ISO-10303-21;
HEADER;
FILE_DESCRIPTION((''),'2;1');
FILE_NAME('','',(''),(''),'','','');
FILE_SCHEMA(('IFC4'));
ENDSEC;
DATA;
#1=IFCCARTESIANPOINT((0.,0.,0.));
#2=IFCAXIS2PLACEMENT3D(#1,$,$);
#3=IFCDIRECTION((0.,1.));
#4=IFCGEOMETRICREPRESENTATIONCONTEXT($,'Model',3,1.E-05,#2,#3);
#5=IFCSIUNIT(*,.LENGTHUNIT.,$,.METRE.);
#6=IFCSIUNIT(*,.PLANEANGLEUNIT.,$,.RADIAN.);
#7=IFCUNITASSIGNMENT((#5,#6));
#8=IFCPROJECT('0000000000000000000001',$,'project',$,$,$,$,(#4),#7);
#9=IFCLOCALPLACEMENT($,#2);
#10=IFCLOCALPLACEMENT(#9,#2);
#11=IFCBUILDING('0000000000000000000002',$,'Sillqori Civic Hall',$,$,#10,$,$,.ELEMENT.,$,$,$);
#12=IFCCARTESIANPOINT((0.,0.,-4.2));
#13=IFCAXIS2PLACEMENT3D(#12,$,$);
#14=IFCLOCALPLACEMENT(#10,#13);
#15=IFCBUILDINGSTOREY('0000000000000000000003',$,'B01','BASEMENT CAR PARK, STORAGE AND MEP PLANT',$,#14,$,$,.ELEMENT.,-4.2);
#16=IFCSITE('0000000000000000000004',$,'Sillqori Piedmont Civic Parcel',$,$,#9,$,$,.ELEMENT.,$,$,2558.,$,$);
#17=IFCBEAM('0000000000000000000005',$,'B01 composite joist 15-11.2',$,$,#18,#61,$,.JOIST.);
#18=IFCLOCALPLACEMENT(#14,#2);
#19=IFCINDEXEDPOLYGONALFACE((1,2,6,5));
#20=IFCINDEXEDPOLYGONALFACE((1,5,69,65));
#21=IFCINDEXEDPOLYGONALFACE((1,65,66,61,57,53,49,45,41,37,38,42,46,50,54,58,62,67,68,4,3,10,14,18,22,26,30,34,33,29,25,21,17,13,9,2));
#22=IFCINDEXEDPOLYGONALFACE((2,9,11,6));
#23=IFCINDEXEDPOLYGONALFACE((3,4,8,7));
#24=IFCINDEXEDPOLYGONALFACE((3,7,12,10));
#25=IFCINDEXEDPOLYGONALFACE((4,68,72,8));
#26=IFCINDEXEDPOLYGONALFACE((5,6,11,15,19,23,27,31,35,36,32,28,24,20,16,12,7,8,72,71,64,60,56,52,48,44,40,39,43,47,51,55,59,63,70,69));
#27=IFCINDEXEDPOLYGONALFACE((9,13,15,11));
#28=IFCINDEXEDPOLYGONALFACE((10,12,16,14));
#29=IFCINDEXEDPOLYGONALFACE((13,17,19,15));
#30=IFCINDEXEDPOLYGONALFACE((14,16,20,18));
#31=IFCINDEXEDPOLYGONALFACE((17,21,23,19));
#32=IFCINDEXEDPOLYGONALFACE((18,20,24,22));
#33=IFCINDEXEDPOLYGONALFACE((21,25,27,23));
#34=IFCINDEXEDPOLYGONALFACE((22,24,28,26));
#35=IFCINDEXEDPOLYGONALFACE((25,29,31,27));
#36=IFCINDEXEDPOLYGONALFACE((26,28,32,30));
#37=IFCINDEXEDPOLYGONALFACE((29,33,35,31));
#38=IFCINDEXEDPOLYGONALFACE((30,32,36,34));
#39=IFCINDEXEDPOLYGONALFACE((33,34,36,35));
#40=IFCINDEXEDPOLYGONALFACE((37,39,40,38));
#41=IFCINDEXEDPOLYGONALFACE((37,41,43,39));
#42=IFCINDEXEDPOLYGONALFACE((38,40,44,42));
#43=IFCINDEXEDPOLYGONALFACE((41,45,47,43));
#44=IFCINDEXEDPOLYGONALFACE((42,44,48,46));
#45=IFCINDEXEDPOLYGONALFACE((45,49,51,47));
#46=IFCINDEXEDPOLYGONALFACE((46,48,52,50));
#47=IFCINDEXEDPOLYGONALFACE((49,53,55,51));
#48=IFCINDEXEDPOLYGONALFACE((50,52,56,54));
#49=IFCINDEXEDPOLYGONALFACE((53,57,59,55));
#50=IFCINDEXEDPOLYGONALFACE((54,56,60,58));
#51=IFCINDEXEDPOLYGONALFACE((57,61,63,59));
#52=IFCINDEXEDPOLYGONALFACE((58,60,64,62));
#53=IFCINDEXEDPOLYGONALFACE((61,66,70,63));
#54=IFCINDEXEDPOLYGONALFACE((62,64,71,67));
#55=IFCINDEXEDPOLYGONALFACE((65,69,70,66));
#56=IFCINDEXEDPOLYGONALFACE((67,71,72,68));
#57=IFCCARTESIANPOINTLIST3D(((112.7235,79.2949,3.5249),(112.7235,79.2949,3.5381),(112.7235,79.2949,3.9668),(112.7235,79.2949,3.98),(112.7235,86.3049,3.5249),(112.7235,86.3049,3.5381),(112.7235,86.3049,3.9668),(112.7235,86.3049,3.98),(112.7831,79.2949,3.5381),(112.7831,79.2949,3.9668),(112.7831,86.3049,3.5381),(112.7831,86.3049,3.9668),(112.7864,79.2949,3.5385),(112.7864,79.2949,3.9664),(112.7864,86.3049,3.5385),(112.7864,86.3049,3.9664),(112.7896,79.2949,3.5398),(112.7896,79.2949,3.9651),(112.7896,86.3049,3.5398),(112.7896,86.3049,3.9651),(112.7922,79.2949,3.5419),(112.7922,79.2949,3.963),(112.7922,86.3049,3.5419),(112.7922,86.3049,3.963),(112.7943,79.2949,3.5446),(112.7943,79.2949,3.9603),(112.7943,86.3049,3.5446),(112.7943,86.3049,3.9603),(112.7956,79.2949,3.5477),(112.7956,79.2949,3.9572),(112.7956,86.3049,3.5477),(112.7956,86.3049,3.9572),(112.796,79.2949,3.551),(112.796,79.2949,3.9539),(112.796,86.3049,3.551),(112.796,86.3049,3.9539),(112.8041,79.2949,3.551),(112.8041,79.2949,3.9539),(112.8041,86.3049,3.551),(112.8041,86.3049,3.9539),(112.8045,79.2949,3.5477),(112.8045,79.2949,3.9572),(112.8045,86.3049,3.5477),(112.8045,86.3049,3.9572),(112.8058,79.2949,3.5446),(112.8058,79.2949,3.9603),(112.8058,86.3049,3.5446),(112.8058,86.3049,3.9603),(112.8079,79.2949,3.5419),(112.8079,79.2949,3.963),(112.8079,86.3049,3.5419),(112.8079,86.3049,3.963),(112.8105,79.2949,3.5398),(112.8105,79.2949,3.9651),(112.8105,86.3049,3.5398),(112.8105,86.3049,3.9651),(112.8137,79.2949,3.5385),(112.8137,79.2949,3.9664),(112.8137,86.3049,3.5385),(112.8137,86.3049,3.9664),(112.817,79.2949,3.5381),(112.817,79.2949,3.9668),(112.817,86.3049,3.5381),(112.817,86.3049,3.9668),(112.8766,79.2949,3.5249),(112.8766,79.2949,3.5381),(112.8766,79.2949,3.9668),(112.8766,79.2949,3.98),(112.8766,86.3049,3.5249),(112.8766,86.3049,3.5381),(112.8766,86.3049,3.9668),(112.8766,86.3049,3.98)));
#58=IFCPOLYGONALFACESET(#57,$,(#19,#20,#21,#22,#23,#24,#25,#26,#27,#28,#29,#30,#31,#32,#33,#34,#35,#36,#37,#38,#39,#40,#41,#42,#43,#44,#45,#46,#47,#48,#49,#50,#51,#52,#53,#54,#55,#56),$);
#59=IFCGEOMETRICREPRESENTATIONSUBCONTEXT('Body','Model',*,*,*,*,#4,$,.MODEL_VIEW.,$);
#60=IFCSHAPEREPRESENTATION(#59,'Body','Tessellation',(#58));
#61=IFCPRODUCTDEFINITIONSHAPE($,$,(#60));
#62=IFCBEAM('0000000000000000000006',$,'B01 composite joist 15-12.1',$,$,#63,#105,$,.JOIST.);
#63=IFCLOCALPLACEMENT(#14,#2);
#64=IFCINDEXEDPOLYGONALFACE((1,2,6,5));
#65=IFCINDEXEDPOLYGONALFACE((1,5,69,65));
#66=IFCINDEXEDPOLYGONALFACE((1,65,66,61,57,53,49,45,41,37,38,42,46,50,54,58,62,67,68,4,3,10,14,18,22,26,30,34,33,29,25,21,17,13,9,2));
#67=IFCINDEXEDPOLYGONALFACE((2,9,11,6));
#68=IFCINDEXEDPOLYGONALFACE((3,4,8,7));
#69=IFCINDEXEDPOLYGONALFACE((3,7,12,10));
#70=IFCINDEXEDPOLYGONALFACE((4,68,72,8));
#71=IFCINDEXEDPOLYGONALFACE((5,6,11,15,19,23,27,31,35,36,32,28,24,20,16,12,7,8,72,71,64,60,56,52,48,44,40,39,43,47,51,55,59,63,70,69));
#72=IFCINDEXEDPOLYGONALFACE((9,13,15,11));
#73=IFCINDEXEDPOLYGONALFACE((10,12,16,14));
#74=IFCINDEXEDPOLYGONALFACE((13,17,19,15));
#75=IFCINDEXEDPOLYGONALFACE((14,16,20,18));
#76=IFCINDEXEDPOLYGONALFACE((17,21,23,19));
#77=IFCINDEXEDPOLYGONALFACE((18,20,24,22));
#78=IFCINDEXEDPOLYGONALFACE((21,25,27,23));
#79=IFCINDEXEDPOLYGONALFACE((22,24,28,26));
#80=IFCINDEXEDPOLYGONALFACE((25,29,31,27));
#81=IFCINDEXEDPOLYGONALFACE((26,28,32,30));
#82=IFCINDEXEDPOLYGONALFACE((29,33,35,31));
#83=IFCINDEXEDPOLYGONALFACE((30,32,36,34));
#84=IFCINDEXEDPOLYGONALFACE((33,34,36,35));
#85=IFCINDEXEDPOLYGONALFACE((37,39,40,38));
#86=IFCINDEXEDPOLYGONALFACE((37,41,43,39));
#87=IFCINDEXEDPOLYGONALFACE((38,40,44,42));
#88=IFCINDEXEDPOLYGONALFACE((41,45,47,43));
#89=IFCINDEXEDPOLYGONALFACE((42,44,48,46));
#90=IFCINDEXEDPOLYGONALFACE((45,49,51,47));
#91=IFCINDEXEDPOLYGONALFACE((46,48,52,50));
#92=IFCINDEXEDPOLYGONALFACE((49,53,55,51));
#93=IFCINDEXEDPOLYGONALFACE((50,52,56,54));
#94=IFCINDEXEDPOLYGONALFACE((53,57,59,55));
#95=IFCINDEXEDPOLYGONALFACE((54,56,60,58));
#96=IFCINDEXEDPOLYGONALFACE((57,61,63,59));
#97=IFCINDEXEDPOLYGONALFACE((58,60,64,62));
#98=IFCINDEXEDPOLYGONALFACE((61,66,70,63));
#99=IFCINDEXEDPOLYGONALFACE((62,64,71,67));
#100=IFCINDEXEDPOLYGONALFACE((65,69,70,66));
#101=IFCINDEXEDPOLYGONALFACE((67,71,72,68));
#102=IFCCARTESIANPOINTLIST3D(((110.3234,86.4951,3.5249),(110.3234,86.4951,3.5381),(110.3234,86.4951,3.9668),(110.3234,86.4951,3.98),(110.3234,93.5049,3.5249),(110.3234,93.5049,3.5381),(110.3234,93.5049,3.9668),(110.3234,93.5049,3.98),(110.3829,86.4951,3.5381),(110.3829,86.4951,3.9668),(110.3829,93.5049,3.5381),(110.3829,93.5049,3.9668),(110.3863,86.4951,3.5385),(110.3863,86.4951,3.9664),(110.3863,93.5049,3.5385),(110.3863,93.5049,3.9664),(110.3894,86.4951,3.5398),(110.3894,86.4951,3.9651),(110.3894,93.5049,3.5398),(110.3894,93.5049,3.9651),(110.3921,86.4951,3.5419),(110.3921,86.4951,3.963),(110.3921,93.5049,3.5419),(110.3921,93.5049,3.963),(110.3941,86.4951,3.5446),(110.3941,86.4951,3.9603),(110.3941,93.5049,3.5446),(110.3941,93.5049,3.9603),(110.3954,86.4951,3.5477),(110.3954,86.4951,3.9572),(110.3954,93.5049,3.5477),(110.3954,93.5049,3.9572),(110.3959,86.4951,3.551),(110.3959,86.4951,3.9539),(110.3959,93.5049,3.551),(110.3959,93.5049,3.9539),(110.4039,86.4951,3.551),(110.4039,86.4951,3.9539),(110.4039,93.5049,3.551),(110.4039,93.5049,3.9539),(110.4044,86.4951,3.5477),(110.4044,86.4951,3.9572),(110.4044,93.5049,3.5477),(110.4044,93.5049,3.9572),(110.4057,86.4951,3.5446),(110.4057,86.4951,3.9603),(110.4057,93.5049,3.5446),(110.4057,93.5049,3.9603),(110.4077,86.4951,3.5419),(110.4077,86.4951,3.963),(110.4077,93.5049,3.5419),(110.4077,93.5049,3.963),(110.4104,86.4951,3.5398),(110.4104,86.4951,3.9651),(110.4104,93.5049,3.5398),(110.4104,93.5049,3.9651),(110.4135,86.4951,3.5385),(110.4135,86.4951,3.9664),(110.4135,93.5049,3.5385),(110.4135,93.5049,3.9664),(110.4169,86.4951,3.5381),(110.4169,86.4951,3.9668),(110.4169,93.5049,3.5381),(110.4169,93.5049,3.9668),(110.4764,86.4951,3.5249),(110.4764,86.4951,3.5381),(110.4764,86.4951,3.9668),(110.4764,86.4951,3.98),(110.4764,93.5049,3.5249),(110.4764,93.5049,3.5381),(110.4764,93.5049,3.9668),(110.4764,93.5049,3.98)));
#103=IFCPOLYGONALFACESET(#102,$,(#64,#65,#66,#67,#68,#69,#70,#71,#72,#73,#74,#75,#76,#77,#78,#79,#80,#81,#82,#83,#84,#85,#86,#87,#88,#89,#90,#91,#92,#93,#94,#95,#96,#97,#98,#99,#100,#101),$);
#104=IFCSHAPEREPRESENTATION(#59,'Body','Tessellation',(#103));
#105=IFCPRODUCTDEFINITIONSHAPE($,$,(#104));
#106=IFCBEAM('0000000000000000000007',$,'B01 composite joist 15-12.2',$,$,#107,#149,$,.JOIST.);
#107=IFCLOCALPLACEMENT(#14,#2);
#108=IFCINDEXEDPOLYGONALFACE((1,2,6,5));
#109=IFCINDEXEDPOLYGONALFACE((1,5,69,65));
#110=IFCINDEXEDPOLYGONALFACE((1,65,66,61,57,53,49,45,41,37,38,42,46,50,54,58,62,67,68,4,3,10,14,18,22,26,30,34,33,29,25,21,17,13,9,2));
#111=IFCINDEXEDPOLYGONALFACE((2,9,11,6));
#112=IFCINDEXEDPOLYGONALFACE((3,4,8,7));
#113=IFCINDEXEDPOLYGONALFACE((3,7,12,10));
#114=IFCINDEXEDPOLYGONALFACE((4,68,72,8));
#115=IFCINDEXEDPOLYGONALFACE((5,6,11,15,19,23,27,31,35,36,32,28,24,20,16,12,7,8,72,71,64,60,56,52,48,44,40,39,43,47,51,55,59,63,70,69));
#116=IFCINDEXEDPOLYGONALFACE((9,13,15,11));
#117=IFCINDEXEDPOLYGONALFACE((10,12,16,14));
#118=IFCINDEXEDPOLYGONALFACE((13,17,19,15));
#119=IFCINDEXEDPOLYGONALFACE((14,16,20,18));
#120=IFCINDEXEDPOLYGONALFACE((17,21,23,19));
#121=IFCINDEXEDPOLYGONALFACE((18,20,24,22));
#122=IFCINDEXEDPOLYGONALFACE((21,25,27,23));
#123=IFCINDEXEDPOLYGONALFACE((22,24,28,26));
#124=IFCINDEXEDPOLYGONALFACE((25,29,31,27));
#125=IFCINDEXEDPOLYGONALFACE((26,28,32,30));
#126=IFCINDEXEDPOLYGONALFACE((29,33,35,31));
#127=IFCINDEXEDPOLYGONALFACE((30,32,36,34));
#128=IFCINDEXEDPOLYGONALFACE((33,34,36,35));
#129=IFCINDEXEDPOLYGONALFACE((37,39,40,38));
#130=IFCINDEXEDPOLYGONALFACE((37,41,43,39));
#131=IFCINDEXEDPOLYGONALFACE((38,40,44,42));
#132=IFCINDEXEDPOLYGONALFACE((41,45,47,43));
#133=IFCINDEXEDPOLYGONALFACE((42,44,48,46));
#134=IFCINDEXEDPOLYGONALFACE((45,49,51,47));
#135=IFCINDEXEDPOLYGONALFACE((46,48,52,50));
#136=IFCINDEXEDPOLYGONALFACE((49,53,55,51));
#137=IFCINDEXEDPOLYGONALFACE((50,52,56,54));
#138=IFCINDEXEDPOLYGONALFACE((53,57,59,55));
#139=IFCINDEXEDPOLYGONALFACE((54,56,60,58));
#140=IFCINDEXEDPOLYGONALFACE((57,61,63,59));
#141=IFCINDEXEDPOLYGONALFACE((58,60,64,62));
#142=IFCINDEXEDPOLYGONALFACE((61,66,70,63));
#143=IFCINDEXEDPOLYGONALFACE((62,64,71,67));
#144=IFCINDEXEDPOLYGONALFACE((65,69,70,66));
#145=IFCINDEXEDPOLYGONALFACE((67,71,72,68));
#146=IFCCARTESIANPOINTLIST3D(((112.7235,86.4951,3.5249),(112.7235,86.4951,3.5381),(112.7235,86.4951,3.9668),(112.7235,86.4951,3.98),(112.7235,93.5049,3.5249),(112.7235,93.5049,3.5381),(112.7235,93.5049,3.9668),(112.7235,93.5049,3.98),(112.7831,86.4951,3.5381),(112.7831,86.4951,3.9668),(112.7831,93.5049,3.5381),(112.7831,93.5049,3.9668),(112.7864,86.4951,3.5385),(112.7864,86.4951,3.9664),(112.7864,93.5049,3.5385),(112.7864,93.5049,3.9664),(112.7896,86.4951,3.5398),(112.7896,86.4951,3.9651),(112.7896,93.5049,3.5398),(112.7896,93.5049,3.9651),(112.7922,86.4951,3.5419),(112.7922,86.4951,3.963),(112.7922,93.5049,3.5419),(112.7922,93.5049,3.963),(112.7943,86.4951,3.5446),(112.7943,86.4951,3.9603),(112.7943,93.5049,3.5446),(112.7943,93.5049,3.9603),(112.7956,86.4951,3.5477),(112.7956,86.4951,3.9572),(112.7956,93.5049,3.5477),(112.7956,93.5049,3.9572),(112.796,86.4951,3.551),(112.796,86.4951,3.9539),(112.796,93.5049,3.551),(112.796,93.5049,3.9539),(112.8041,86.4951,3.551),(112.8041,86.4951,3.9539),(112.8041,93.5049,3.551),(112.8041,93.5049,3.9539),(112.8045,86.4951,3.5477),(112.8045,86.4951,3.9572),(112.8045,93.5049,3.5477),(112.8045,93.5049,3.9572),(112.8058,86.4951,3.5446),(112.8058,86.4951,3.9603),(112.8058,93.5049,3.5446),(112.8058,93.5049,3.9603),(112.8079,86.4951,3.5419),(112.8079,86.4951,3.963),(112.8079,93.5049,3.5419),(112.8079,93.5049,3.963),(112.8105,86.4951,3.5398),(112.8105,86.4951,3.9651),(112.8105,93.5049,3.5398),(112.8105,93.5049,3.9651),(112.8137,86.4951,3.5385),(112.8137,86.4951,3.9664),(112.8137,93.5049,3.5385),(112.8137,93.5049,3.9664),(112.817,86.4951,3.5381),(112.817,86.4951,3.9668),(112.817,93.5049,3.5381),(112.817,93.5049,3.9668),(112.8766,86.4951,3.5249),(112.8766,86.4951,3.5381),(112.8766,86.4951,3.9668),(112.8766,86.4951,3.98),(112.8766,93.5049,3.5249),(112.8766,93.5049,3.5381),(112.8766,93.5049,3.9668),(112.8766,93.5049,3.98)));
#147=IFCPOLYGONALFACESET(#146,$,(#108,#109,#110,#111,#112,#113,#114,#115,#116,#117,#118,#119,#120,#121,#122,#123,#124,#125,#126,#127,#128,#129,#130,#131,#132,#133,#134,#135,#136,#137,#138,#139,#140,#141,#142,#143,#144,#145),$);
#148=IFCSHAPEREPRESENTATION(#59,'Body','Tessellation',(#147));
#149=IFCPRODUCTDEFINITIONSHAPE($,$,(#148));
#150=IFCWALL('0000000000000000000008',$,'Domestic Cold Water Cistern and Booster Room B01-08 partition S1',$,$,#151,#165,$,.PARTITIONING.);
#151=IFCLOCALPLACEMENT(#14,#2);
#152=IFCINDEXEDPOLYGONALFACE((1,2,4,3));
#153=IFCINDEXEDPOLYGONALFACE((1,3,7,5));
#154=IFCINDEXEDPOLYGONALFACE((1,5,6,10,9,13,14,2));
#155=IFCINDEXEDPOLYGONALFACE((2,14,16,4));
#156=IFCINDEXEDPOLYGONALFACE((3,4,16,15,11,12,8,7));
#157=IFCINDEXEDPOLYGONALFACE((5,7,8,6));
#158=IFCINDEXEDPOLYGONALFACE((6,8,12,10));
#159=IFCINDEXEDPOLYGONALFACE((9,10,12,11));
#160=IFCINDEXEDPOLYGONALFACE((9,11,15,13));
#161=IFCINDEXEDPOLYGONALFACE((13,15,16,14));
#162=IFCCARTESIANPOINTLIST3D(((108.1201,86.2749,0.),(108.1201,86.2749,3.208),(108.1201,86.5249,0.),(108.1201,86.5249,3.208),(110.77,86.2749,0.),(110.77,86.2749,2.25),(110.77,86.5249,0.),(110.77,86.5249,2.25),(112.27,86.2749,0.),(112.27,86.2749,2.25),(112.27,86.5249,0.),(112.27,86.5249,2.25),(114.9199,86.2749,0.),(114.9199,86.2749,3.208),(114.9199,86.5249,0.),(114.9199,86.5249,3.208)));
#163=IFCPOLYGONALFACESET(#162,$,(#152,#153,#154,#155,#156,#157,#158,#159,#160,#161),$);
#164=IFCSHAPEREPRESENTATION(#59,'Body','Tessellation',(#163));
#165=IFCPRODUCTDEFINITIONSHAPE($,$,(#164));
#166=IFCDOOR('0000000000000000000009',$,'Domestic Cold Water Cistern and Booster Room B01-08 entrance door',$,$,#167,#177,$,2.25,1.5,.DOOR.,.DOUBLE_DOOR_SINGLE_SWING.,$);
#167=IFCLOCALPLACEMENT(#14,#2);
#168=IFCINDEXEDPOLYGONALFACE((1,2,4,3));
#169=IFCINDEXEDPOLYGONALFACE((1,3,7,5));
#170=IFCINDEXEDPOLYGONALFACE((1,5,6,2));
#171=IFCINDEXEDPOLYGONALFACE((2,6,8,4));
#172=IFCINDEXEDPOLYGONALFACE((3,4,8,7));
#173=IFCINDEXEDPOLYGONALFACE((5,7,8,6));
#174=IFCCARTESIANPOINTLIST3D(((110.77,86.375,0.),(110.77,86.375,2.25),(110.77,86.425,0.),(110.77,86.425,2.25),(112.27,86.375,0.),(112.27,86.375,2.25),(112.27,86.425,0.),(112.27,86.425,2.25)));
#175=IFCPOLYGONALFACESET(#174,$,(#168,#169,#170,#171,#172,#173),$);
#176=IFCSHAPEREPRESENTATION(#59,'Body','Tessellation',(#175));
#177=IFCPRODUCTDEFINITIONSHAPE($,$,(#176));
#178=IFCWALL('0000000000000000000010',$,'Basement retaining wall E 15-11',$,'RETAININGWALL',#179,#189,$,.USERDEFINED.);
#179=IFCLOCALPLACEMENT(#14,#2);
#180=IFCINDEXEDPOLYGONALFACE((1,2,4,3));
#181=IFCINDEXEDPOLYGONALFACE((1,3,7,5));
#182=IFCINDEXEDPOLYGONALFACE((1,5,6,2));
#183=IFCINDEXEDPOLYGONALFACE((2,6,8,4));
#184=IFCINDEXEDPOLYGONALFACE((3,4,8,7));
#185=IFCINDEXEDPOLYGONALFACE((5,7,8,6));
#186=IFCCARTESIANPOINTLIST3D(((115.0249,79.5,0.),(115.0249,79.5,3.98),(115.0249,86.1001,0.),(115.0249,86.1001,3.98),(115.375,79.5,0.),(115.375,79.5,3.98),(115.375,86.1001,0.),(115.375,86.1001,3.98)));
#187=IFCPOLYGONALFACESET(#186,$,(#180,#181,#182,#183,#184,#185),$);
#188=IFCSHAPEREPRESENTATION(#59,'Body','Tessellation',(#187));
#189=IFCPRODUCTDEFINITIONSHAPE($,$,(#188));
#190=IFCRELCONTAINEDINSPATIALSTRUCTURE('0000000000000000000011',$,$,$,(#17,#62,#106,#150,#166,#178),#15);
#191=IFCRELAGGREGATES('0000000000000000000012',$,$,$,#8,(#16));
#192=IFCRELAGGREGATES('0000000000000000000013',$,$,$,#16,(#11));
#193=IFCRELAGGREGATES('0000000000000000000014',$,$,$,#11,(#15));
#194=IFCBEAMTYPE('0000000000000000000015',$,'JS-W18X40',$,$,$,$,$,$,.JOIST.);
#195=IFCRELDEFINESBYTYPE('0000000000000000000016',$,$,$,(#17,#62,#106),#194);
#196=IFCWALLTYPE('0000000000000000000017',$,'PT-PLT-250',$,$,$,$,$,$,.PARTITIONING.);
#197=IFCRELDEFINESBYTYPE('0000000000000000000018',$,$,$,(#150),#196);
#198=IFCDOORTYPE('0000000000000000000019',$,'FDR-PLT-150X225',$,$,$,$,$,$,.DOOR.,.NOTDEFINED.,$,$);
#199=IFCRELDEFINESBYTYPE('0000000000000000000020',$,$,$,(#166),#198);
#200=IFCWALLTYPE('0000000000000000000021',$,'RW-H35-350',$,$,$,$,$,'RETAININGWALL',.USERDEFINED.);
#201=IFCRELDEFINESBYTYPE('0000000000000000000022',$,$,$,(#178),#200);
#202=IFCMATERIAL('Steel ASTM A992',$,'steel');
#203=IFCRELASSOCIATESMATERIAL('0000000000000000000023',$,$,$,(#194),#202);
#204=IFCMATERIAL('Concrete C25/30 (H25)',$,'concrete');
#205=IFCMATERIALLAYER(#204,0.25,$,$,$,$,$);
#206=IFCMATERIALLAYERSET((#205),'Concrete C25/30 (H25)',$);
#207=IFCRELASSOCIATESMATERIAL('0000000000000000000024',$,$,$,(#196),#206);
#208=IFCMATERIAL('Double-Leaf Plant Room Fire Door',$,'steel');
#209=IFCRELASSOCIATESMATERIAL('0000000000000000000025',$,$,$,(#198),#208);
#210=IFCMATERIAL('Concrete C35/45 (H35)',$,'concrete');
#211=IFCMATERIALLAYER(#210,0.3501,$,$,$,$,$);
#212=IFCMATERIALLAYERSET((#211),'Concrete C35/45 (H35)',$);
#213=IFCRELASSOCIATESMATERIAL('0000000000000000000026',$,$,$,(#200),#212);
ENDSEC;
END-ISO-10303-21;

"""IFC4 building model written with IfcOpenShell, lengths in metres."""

from ifc_helpers import new_model, si_unit, direction, frame, frame_2d, origin, origin_2d, place, context, subcontext, project, spatial, rectangle, i_section, extrude, material, layer, layer_set, material_profile, profile_set, type_object, element, fill, save


model = new_model("IFC4")

# Units and contexts
model_context = context("Model", 3, precision=1e-05, world=origin(), true_north=direction((0.0, 1.0)))
body_context = subcontext(model_context, "Body", "Model", "MODEL_VIEW")
ifc_project = project(units=[si_unit("LENGTHUNIT", "METRE"), si_unit("PLANEANGLEUNIT", "RADIAN")], contexts=[model_context])

# Site, building, storey
site_placement = place(None, origin())
site = spatial("IfcSite", under=ifc_project, at=site_placement, Name="Sillqori Piedmont Civic Parcel", CompositionType="ELEMENT", RefElevation=2558.0)
building_placement = place(site_placement, origin())
building = spatial("IfcBuilding", under=site, at=building_placement, Name="Sillqori Civic Hall", CompositionType="ELEMENT")
storey_placement = place(building_placement, frame((0.0, 0.0, -4.2)))
storey = spatial("IfcBuildingStorey", under=building, at=storey_placement, Name="B01", Description="BASEMENT CAR PARK, STORAGE AND MEP PLANT", CompositionType="ELEMENT", Elevation=-4.2)

# Shared definitions
ifc_material_1 = material(Name="Concrete C35/45 (H35)", Category="concrete")

# Beams
ifc_material_2 = material(Name="Steel ASTM A992", Category="steel")
ifc_material_profile_1 = material_profile(ifc_material_2, i_section(OverallWidth=0.1531, OverallDepth=0.4551, WebThickness=0.0081, FlangeThickness=0.0132, FilletRadius=0.0129, at=origin_2d()), Name="W18X40")
ifc_profile_set_1 = profile_set([ifc_material_profile_1], Name="Steel ASTM A992")
beam_type_1 = type_object("IfcBeamType", Name="JS-W18X40", PredefinedType="JOIST", material=ifc_profile_set_1)
beam_1_placement = place(storey_placement, frame((112.8, 79.2949, 3.7524), z_axis=(0.0, 1.0, 0.0), x_axis=(-1.0, 0.0, 0.0)))
element("IfcBeam", 1, at=beam_1_placement, inside=storey, type_object=beam_type_1, Name="B01 composite joist 15-11.2", PredefinedType="JOIST", context=body_context, shape_type="SweptSolid", body=[
    extrude(i_section(OverallWidth=0.1531, OverallDepth=0.4551, WebThickness=0.0081, FlangeThickness=0.0132, FilletRadius=0.0129, at=origin_2d()), origin(), (0.0, 0.0, 1.0), 7.01),
])
for number, where, z_axis, x_axis, name in (
    (2, (110.3999, 86.4951, 3.7524), (0.0, 1.0, 0.0), (-1.0, 0.0, 0.0), "B01 composite joist 15-12.1"),
    (3, (112.8, 86.4951, 3.7524), (0.0, 1.0, 0.0), (-1.0, 0.0, 0.0), "B01 composite joist 15-12.2"),
):
    element("IfcBeam", number, at=place(storey_placement, frame(where, z_axis=z_axis, x_axis=x_axis)), inside=storey, type_object=beam_type_1, Name=name, PredefinedType="JOIST", context=body_context, shape_type="SweptSolid", body=[
        extrude(i_section(OverallWidth=0.1531, OverallDepth=0.4551, WebThickness=0.0081, FlangeThickness=0.0132, FilletRadius=0.0129, at=origin_2d()), origin(), (0.0, 0.0, 1.0), 7.0098),
    ])

# Wall, opening, door
ifc_material_3 = material(Name="Concrete C25/30 (H25)", Category="concrete")
ifc_layer_1 = layer(ifc_material_3, 0.25)
ifc_layer_set_1 = layer_set([ifc_layer_1], Name="Concrete C25/30 (H25)")
wall_type_1 = type_object("IfcWallType", Name="PT-PLT-250", PredefinedType="PARTITIONING", material=ifc_layer_set_1)
wall_1_placement = place(storey_placement, frame((114.9199, 86.3999, 0.0), z_axis=(0.0, 0.0, 1.0), x_axis=(-1.0, 0.0, 0.0)))
wall_1 = element("IfcWall", 4, at=wall_1_placement, inside=storey, type_object=wall_type_1, Name="Domestic Cold Water Cistern and Booster Room B01-08 partition S1", PredefinedType="PARTITIONING", context=body_context, shape_type="SweptSolid", body=[
    extrude(rectangle(XDim=6.7998, YDim=0.25, at=frame_2d((3.3999, 0.0))), origin(), (0.0, 0.0, 1.0), 3.208),
])
opening_placement = place(wall_1_placement, frame((2.6499, 0.0, 0.0)))
opening = element("IfcOpeningElement", 5, at=opening_placement, cuts=wall_1, PredefinedType="OPENING", context=body_context, shape_type="SweptSolid", body=[
    extrude(rectangle(XDim=1.5, YDim=2.25, at=frame_2d((0.75, 1.125))), frame((0.0, 0.135, 0.0), z_axis=(0.0, -1.0, 0.0), x_axis=(1.0, 0.0, 0.0)), (0.0, 0.0, 1.0), 0.27),
])
ifc_material_4 = material(Name="Double-Leaf Plant Room Fire Door", Category="steel")
door_type = type_object("IfcDoorType", Name="FDR-PLT-150X225", OperationType="NOTDEFINED", PredefinedType="DOOR", material=ifc_material_4)
door_placement = place(opening_placement, origin())
door = element("IfcDoor", 6, at=door_placement, inside=storey, type_object=door_type, Name="Domestic Cold Water Cistern and Booster Room B01-08 entrance door", OperationType="DOUBLE_DOOR_SINGLE_SWING", OverallHeight=2.25, OverallWidth=1.5, PredefinedType="DOOR", context=body_context, shape_type="SweptSolid", body=[
    extrude(rectangle(XDim=1.5, YDim=2.25, at=frame_2d((0.75, 1.125))), frame((0.0, 0.0249, 0.0), z_axis=(0.0, -1.0, 0.0), x_axis=(1.0, 0.0, 0.0)), (0.0, 0.0, 1.0), 0.05),
])
fill(opening, door)

# Wall
ifc_layer_2 = layer(ifc_material_1, 0.3501)
ifc_layer_set_2 = layer_set([ifc_layer_2], Name="Concrete C35/45 (H35)")
wall_type_2 = type_object("IfcWallType", Name="RW-H35-350", ElementType="RETAININGWALL", PredefinedType="USERDEFINED", material=ifc_layer_set_2)
for number, where, z_axis, x_axis, name in (
    (7, (115.2, 79.5, 0.0), (0.0, 0.0, 1.0), (0.0, 1.0, 0.0), "Basement retaining wall E 15-11"),
):
    element("IfcWall", number, at=place(storey_placement, frame(where, z_axis=z_axis, x_axis=x_axis)), inside=storey, type_object=wall_type_2, Name=name, ObjectType="RETAININGWALL", PredefinedType="USERDEFINED", context=body_context, shape_type="SweptSolid", body=[
        extrude(rectangle(XDim=6.6001, YDim=0.3501, at=frame_2d((3.3, 0.0))), origin(), (0.0, 0.0, 1.0), 3.98),
    ])

save(model, "model.ifc")
